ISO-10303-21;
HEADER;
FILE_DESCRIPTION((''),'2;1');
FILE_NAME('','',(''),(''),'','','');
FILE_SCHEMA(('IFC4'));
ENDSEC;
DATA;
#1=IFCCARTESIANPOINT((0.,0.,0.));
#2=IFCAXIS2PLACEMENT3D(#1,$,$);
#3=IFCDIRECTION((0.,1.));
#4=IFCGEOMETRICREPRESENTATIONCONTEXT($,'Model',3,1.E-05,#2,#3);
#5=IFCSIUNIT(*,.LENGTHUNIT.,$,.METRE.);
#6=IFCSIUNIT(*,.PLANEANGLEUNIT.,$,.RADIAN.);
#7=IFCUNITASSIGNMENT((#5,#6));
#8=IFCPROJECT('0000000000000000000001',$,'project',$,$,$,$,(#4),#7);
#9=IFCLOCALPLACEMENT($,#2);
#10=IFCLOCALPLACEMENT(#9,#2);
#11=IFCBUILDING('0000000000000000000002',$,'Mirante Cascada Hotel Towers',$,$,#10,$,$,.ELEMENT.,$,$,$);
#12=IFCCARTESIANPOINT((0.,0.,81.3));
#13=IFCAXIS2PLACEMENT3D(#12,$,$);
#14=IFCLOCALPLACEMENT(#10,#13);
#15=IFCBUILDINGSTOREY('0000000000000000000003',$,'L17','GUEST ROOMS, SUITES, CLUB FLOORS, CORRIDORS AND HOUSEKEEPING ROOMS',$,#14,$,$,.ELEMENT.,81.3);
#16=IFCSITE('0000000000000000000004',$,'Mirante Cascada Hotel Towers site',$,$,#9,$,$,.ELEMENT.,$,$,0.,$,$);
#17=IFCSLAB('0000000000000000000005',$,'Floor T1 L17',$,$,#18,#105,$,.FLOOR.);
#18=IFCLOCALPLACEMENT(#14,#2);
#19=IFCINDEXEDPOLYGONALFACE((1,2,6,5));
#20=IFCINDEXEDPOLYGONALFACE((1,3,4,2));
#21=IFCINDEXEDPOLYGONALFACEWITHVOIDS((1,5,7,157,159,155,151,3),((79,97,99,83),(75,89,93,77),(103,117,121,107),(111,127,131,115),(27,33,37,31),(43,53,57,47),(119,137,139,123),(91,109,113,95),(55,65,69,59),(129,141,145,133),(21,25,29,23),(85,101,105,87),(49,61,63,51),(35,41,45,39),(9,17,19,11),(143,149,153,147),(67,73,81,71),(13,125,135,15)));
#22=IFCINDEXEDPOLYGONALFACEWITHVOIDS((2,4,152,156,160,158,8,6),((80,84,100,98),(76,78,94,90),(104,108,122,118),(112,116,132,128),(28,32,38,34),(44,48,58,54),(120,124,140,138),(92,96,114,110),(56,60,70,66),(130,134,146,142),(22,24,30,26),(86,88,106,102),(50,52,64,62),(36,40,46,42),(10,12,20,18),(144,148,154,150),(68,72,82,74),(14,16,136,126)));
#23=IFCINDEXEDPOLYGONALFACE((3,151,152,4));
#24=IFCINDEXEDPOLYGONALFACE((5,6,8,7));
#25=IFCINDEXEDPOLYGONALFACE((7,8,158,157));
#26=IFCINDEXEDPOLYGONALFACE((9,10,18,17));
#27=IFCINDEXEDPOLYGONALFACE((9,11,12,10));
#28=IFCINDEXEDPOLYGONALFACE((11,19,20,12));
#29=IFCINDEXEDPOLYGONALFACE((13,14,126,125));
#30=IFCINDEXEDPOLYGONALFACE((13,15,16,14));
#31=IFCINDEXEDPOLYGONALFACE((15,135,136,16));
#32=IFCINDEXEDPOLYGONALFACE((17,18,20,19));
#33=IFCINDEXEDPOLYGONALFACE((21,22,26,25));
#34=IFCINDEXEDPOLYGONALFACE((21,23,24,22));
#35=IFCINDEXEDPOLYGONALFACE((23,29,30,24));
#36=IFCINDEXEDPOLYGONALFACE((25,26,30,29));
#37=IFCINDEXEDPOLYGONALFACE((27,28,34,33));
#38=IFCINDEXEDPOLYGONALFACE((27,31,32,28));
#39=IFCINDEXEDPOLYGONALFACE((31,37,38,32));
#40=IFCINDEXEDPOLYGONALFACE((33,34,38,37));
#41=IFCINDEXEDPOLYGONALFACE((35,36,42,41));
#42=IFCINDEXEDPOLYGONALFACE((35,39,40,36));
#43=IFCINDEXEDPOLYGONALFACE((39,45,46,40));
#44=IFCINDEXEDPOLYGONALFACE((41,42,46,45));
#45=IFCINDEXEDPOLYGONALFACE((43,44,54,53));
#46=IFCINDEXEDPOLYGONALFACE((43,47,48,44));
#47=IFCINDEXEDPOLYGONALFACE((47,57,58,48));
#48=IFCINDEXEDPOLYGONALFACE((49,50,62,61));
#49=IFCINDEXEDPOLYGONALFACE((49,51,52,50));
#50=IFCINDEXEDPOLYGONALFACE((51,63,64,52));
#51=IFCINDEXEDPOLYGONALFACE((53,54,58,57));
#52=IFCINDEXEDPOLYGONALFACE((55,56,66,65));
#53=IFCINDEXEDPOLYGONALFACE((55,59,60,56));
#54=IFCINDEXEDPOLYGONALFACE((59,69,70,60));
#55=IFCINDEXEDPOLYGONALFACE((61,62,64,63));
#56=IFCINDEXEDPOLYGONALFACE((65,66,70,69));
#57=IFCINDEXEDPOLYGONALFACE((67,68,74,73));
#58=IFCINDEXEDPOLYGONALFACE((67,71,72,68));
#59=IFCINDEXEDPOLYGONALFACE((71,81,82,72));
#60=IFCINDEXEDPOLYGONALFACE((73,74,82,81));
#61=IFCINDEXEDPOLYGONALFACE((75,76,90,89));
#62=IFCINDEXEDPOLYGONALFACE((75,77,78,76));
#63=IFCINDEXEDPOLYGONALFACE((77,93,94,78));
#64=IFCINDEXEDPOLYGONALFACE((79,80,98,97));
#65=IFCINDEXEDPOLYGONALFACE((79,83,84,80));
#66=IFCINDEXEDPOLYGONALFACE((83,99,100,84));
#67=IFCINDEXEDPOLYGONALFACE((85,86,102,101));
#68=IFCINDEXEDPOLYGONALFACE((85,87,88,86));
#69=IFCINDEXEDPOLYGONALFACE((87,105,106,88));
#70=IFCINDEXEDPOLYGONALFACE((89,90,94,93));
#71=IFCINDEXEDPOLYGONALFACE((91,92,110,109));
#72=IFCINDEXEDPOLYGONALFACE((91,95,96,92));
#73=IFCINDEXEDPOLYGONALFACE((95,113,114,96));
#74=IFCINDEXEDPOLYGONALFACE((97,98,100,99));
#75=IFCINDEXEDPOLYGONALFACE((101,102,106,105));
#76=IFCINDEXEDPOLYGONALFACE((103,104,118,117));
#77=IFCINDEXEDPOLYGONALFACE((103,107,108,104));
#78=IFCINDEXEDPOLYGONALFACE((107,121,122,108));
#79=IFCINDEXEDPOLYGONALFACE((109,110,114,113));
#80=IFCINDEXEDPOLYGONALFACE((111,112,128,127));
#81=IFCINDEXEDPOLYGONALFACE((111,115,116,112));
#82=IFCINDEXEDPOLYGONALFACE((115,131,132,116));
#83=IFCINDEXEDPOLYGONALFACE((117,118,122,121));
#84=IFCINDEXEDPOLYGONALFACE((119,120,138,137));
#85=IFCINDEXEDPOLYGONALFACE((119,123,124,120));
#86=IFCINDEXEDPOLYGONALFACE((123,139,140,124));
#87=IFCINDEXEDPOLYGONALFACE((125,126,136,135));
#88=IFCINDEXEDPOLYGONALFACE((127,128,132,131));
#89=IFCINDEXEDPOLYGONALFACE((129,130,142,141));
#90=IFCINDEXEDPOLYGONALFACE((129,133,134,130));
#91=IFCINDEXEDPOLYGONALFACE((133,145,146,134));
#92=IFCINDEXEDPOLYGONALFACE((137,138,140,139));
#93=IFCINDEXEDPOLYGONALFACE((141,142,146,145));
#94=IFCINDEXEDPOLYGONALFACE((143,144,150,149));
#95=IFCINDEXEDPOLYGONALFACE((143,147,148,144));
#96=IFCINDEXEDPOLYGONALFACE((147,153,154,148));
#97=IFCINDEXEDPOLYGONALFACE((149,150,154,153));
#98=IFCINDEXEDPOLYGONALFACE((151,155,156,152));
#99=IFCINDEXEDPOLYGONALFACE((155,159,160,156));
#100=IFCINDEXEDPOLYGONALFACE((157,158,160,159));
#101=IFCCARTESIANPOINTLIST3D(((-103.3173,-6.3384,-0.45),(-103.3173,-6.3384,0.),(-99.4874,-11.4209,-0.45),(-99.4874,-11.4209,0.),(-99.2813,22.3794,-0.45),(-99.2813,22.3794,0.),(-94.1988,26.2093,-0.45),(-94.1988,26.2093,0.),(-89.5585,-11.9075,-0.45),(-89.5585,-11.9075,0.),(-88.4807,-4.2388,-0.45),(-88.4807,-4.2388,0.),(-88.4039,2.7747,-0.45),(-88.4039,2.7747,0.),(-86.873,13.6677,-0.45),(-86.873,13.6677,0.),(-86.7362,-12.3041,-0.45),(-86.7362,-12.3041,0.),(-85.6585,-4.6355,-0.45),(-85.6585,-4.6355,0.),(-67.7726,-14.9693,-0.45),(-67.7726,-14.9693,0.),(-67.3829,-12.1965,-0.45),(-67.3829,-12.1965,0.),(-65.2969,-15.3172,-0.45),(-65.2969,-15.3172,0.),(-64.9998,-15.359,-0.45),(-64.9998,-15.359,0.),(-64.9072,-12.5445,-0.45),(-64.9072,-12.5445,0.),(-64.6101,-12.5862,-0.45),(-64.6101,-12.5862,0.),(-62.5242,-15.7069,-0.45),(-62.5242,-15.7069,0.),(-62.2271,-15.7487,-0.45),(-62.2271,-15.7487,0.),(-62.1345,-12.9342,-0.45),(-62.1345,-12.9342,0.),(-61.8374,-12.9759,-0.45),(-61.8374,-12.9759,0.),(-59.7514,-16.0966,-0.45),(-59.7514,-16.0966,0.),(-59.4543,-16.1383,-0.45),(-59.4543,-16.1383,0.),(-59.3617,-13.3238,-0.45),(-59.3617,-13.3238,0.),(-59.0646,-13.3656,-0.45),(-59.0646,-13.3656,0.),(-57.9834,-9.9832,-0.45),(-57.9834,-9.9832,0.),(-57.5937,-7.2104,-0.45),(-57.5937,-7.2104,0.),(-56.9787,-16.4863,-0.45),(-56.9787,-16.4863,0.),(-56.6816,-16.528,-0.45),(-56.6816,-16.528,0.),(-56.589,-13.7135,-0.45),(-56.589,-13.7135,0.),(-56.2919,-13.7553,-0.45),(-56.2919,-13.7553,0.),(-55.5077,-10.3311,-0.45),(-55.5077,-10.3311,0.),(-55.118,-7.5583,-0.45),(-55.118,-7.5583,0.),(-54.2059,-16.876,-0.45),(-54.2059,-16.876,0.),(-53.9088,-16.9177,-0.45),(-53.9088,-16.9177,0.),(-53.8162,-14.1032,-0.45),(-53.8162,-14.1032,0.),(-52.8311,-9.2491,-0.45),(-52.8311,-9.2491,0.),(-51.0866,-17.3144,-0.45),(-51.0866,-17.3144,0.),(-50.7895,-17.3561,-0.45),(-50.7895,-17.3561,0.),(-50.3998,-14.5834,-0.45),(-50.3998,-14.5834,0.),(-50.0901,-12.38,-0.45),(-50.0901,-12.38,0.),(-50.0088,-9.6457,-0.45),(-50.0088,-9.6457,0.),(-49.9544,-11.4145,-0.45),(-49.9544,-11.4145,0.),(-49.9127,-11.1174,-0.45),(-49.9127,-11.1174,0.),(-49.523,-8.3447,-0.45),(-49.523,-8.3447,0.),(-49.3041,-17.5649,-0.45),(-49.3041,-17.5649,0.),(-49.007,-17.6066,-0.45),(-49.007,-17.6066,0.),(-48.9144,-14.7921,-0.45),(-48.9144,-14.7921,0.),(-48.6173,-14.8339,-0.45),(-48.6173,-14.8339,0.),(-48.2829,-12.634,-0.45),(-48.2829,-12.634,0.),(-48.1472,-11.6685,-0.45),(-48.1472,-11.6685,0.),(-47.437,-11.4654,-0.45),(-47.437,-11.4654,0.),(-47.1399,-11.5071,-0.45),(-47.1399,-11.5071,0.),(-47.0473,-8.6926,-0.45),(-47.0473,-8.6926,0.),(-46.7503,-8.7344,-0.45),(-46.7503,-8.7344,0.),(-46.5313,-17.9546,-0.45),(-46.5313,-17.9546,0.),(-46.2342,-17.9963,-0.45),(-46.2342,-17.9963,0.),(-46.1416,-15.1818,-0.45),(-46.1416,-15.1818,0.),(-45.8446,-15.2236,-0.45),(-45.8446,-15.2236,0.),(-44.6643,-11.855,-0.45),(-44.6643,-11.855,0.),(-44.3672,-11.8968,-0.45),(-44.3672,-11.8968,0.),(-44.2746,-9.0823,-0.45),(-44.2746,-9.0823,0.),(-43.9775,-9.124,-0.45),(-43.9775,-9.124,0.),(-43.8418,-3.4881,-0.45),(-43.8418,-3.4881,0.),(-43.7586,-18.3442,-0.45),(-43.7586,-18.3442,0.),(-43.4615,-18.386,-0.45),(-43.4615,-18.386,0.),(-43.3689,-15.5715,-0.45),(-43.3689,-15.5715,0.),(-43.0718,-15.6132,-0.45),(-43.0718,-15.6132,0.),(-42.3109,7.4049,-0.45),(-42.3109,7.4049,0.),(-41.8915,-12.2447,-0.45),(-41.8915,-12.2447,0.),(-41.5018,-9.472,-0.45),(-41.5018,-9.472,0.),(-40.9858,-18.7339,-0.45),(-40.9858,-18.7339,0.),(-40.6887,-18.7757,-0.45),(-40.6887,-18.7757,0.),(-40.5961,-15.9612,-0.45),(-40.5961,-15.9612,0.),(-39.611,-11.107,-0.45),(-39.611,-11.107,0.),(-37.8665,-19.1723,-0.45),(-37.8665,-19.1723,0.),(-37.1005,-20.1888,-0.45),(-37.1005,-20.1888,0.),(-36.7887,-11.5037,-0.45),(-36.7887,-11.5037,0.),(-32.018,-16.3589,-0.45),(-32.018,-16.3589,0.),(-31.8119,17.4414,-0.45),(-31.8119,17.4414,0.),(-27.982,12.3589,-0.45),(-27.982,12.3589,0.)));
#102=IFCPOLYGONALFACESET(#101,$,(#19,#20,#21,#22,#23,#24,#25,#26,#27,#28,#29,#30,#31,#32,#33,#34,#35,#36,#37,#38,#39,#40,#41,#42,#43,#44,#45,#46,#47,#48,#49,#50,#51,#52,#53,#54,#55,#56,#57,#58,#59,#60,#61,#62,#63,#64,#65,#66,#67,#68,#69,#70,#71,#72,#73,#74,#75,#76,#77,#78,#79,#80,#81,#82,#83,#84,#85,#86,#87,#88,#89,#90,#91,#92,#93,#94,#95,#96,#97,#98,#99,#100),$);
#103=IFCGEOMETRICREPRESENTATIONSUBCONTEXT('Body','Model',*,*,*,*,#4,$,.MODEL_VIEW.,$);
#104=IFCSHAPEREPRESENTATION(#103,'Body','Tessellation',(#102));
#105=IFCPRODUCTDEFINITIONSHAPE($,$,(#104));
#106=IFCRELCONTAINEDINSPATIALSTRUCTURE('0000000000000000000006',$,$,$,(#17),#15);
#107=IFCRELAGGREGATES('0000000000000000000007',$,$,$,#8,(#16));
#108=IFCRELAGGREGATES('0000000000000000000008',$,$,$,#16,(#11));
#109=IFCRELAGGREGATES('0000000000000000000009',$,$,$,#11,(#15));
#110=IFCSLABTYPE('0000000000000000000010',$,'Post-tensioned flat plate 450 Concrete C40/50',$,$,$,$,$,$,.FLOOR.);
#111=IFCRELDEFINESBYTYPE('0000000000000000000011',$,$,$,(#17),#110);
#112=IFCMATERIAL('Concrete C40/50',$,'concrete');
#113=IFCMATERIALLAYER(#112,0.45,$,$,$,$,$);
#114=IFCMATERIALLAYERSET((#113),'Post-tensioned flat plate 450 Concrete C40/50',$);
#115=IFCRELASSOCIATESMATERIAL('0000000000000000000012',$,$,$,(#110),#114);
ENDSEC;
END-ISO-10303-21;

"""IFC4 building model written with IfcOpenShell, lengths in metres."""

from ifc_helpers import new_model, si_unit, direction, frame, origin, place, context, subcontext, project, spatial, polyline, outline, extrude, material, layer, layer_set, type_object, element, save


model = new_model("IFC4")

# Units and contexts
model_context = context("Model", 3, precision=1e-05, world=origin(), true_north=direction((0.0, 1.0)))
body_context = subcontext(model_context, "Body", "Model", "MODEL_VIEW")
ifc_project = project(units=[si_unit("LENGTHUNIT", "METRE"), si_unit("PLANEANGLEUNIT", "RADIAN")], contexts=[model_context])

# Site, building, storey
site_placement = place(None, origin())
site = spatial("IfcSite", under=ifc_project, at=site_placement, Name="Mirante Cascada Hotel Towers site", CompositionType="ELEMENT", RefElevation=0.0)
building_placement = place(site_placement, origin())
building = spatial("IfcBuilding", under=site, at=building_placement, Name="Mirante Cascada Hotel Towers", CompositionType="ELEMENT")
storey_placement = place(building_placement, frame((0.0, 0.0, 81.3)))
storey = spatial("IfcBuildingStorey", under=building, at=storey_placement, Name="L17", Description="GUEST ROOMS, SUITES, CLUB FLOORS, CORRIDORS AND HOUSEKEEPING ROOMS", CompositionType="ELEMENT", Elevation=81.3)

# Slab
ifc_material_1 = material(Name="Concrete C40/50", Category="concrete")
ifc_layer_1 = layer(ifc_material_1, 0.45)
ifc_layer_set_1 = layer_set([ifc_layer_1], Name="Post-tensioned flat plate 450 Concrete C40/50")
slab_type = type_object("IfcSlabType", Name="Post-tensioned flat plate 450 Concrete C40/50", PredefinedType="FLOOR", material=ifc_layer_set_1)
slab_1_placement = place(storey_placement, frame((0.0, 0.0, -0.45)))
element("IfcSlab", 1, at=slab_1_placement, inside=storey, type_object=slab_type, Name="Floor T1 L17", PredefinedType="FLOOR", context=body_context, shape_type="SweptSolid", body=[
    extrude(outline(polyline([(-32.018, -16.3589), (-27.982, 12.3589), (-31.8119, 17.4414), (-94.1988, 26.2093), (-99.2813, 22.3794), (-103.3173, -6.3384), (-99.4874, -11.4209), (-37.1005, -20.1888), (-32.018, -16.3589)]), holes=[polyline([(-43.0718, -15.6132), (-40.5961, -15.9612), (-40.9858, -18.7339), (-43.4615, -18.386), (-43.0718, -15.6132)]), polyline([(-45.8446, -15.2236), (-43.3689, -15.5715), (-43.7586, -18.3442), (-46.2342, -17.9963), (-45.8446, -15.2236)]), polyline([(-48.6173, -14.8339), (-46.1416, -15.1818), (-46.5313, -17.9546), (-49.007, -17.6066), (-48.6173, -14.8339)]), polyline([(-50.3998, -14.5834), (-48.9144, -14.7921), (-49.3041, -17.5649), (-50.7895, -17.3561), (-50.3998, -14.5834)]), polyline([(-36.7887, -11.5037), (-37.8665, -19.1723), (-40.6887, -18.7757), (-39.611, -11.107), (-36.7887, -11.5037)]), polyline([(-49.9544, -11.4145), (-48.1472, -11.6685), (-48.2829, -12.634), (-50.0901, -12.38), (-49.9544, -11.4145)]), polyline([(-43.9775, -9.124), (-41.5018, -9.472), (-41.8915, -12.2447), (-44.3672, -11.8968), (-43.9775, -9.124)]), polyline([(-47.1399, -11.5071), (-46.7503, -8.7344), (-44.2746, -9.0823), (-44.6643, -11.855), (-47.1399, -11.5071)]), polyline([(-49.9127, -11.1174), (-49.523, -8.3447), (-47.0473, -8.6926), (-47.437, -11.4654), (-49.9127, -11.1174)]), polyline([(-56.2919, -13.7553), (-53.8162, -14.1032), (-54.2059, -16.876), (-56.6816, -16.528), (-56.2919, -13.7553)]), polyline([(-59.0646, -13.3656), (-56.589, -13.7135), (-56.9787, -16.4863), (-59.4543, -16.1383), (-59.0646, -13.3656)]), polyline([(-61.8374, -12.9759), (-59.3617, -13.3238), (-59.7514, -16.0966), (-62.2271, -15.7487), (-61.8374, -12.9759)]), polyline([(-64.6101, -12.5862), (-62.1345, -12.9342), (-62.5242, -15.7069), (-64.9998, -15.359), (-64.6101, -12.5862)]), polyline([(-67.3829, -12.1965), (-64.9072, -12.5445), (-65.2969, -15.3172), (-67.7726, -14.9693), (-67.3829, -12.1965)]), polyline([(-50.0088, -9.6457), (-51.0866, -17.3144), (-53.9088, -16.9177), (-52.8311, -9.2491), (-50.0088, -9.6457)]), polyline([(-85.6585, -4.6355), (-86.7362, -12.3041), (-89.5585, -11.9075), (-88.4807, -4.2388), (-85.6585, -4.6355)]), polyline([(-57.9834, -9.9832), (-57.5937, -7.2104), (-55.118, -7.5583), (-55.5077, -10.3311), (-57.9834, -9.9832)]), polyline([(-88.4039, 2.7747), (-86.873, 13.6677), (-42.3109, 7.4049), (-43.8418, -3.4881), (-88.4039, 2.7747)])]), origin(), (0.0, 0.0, 1.0), 0.45),
])

save(model, "model.ifc")
